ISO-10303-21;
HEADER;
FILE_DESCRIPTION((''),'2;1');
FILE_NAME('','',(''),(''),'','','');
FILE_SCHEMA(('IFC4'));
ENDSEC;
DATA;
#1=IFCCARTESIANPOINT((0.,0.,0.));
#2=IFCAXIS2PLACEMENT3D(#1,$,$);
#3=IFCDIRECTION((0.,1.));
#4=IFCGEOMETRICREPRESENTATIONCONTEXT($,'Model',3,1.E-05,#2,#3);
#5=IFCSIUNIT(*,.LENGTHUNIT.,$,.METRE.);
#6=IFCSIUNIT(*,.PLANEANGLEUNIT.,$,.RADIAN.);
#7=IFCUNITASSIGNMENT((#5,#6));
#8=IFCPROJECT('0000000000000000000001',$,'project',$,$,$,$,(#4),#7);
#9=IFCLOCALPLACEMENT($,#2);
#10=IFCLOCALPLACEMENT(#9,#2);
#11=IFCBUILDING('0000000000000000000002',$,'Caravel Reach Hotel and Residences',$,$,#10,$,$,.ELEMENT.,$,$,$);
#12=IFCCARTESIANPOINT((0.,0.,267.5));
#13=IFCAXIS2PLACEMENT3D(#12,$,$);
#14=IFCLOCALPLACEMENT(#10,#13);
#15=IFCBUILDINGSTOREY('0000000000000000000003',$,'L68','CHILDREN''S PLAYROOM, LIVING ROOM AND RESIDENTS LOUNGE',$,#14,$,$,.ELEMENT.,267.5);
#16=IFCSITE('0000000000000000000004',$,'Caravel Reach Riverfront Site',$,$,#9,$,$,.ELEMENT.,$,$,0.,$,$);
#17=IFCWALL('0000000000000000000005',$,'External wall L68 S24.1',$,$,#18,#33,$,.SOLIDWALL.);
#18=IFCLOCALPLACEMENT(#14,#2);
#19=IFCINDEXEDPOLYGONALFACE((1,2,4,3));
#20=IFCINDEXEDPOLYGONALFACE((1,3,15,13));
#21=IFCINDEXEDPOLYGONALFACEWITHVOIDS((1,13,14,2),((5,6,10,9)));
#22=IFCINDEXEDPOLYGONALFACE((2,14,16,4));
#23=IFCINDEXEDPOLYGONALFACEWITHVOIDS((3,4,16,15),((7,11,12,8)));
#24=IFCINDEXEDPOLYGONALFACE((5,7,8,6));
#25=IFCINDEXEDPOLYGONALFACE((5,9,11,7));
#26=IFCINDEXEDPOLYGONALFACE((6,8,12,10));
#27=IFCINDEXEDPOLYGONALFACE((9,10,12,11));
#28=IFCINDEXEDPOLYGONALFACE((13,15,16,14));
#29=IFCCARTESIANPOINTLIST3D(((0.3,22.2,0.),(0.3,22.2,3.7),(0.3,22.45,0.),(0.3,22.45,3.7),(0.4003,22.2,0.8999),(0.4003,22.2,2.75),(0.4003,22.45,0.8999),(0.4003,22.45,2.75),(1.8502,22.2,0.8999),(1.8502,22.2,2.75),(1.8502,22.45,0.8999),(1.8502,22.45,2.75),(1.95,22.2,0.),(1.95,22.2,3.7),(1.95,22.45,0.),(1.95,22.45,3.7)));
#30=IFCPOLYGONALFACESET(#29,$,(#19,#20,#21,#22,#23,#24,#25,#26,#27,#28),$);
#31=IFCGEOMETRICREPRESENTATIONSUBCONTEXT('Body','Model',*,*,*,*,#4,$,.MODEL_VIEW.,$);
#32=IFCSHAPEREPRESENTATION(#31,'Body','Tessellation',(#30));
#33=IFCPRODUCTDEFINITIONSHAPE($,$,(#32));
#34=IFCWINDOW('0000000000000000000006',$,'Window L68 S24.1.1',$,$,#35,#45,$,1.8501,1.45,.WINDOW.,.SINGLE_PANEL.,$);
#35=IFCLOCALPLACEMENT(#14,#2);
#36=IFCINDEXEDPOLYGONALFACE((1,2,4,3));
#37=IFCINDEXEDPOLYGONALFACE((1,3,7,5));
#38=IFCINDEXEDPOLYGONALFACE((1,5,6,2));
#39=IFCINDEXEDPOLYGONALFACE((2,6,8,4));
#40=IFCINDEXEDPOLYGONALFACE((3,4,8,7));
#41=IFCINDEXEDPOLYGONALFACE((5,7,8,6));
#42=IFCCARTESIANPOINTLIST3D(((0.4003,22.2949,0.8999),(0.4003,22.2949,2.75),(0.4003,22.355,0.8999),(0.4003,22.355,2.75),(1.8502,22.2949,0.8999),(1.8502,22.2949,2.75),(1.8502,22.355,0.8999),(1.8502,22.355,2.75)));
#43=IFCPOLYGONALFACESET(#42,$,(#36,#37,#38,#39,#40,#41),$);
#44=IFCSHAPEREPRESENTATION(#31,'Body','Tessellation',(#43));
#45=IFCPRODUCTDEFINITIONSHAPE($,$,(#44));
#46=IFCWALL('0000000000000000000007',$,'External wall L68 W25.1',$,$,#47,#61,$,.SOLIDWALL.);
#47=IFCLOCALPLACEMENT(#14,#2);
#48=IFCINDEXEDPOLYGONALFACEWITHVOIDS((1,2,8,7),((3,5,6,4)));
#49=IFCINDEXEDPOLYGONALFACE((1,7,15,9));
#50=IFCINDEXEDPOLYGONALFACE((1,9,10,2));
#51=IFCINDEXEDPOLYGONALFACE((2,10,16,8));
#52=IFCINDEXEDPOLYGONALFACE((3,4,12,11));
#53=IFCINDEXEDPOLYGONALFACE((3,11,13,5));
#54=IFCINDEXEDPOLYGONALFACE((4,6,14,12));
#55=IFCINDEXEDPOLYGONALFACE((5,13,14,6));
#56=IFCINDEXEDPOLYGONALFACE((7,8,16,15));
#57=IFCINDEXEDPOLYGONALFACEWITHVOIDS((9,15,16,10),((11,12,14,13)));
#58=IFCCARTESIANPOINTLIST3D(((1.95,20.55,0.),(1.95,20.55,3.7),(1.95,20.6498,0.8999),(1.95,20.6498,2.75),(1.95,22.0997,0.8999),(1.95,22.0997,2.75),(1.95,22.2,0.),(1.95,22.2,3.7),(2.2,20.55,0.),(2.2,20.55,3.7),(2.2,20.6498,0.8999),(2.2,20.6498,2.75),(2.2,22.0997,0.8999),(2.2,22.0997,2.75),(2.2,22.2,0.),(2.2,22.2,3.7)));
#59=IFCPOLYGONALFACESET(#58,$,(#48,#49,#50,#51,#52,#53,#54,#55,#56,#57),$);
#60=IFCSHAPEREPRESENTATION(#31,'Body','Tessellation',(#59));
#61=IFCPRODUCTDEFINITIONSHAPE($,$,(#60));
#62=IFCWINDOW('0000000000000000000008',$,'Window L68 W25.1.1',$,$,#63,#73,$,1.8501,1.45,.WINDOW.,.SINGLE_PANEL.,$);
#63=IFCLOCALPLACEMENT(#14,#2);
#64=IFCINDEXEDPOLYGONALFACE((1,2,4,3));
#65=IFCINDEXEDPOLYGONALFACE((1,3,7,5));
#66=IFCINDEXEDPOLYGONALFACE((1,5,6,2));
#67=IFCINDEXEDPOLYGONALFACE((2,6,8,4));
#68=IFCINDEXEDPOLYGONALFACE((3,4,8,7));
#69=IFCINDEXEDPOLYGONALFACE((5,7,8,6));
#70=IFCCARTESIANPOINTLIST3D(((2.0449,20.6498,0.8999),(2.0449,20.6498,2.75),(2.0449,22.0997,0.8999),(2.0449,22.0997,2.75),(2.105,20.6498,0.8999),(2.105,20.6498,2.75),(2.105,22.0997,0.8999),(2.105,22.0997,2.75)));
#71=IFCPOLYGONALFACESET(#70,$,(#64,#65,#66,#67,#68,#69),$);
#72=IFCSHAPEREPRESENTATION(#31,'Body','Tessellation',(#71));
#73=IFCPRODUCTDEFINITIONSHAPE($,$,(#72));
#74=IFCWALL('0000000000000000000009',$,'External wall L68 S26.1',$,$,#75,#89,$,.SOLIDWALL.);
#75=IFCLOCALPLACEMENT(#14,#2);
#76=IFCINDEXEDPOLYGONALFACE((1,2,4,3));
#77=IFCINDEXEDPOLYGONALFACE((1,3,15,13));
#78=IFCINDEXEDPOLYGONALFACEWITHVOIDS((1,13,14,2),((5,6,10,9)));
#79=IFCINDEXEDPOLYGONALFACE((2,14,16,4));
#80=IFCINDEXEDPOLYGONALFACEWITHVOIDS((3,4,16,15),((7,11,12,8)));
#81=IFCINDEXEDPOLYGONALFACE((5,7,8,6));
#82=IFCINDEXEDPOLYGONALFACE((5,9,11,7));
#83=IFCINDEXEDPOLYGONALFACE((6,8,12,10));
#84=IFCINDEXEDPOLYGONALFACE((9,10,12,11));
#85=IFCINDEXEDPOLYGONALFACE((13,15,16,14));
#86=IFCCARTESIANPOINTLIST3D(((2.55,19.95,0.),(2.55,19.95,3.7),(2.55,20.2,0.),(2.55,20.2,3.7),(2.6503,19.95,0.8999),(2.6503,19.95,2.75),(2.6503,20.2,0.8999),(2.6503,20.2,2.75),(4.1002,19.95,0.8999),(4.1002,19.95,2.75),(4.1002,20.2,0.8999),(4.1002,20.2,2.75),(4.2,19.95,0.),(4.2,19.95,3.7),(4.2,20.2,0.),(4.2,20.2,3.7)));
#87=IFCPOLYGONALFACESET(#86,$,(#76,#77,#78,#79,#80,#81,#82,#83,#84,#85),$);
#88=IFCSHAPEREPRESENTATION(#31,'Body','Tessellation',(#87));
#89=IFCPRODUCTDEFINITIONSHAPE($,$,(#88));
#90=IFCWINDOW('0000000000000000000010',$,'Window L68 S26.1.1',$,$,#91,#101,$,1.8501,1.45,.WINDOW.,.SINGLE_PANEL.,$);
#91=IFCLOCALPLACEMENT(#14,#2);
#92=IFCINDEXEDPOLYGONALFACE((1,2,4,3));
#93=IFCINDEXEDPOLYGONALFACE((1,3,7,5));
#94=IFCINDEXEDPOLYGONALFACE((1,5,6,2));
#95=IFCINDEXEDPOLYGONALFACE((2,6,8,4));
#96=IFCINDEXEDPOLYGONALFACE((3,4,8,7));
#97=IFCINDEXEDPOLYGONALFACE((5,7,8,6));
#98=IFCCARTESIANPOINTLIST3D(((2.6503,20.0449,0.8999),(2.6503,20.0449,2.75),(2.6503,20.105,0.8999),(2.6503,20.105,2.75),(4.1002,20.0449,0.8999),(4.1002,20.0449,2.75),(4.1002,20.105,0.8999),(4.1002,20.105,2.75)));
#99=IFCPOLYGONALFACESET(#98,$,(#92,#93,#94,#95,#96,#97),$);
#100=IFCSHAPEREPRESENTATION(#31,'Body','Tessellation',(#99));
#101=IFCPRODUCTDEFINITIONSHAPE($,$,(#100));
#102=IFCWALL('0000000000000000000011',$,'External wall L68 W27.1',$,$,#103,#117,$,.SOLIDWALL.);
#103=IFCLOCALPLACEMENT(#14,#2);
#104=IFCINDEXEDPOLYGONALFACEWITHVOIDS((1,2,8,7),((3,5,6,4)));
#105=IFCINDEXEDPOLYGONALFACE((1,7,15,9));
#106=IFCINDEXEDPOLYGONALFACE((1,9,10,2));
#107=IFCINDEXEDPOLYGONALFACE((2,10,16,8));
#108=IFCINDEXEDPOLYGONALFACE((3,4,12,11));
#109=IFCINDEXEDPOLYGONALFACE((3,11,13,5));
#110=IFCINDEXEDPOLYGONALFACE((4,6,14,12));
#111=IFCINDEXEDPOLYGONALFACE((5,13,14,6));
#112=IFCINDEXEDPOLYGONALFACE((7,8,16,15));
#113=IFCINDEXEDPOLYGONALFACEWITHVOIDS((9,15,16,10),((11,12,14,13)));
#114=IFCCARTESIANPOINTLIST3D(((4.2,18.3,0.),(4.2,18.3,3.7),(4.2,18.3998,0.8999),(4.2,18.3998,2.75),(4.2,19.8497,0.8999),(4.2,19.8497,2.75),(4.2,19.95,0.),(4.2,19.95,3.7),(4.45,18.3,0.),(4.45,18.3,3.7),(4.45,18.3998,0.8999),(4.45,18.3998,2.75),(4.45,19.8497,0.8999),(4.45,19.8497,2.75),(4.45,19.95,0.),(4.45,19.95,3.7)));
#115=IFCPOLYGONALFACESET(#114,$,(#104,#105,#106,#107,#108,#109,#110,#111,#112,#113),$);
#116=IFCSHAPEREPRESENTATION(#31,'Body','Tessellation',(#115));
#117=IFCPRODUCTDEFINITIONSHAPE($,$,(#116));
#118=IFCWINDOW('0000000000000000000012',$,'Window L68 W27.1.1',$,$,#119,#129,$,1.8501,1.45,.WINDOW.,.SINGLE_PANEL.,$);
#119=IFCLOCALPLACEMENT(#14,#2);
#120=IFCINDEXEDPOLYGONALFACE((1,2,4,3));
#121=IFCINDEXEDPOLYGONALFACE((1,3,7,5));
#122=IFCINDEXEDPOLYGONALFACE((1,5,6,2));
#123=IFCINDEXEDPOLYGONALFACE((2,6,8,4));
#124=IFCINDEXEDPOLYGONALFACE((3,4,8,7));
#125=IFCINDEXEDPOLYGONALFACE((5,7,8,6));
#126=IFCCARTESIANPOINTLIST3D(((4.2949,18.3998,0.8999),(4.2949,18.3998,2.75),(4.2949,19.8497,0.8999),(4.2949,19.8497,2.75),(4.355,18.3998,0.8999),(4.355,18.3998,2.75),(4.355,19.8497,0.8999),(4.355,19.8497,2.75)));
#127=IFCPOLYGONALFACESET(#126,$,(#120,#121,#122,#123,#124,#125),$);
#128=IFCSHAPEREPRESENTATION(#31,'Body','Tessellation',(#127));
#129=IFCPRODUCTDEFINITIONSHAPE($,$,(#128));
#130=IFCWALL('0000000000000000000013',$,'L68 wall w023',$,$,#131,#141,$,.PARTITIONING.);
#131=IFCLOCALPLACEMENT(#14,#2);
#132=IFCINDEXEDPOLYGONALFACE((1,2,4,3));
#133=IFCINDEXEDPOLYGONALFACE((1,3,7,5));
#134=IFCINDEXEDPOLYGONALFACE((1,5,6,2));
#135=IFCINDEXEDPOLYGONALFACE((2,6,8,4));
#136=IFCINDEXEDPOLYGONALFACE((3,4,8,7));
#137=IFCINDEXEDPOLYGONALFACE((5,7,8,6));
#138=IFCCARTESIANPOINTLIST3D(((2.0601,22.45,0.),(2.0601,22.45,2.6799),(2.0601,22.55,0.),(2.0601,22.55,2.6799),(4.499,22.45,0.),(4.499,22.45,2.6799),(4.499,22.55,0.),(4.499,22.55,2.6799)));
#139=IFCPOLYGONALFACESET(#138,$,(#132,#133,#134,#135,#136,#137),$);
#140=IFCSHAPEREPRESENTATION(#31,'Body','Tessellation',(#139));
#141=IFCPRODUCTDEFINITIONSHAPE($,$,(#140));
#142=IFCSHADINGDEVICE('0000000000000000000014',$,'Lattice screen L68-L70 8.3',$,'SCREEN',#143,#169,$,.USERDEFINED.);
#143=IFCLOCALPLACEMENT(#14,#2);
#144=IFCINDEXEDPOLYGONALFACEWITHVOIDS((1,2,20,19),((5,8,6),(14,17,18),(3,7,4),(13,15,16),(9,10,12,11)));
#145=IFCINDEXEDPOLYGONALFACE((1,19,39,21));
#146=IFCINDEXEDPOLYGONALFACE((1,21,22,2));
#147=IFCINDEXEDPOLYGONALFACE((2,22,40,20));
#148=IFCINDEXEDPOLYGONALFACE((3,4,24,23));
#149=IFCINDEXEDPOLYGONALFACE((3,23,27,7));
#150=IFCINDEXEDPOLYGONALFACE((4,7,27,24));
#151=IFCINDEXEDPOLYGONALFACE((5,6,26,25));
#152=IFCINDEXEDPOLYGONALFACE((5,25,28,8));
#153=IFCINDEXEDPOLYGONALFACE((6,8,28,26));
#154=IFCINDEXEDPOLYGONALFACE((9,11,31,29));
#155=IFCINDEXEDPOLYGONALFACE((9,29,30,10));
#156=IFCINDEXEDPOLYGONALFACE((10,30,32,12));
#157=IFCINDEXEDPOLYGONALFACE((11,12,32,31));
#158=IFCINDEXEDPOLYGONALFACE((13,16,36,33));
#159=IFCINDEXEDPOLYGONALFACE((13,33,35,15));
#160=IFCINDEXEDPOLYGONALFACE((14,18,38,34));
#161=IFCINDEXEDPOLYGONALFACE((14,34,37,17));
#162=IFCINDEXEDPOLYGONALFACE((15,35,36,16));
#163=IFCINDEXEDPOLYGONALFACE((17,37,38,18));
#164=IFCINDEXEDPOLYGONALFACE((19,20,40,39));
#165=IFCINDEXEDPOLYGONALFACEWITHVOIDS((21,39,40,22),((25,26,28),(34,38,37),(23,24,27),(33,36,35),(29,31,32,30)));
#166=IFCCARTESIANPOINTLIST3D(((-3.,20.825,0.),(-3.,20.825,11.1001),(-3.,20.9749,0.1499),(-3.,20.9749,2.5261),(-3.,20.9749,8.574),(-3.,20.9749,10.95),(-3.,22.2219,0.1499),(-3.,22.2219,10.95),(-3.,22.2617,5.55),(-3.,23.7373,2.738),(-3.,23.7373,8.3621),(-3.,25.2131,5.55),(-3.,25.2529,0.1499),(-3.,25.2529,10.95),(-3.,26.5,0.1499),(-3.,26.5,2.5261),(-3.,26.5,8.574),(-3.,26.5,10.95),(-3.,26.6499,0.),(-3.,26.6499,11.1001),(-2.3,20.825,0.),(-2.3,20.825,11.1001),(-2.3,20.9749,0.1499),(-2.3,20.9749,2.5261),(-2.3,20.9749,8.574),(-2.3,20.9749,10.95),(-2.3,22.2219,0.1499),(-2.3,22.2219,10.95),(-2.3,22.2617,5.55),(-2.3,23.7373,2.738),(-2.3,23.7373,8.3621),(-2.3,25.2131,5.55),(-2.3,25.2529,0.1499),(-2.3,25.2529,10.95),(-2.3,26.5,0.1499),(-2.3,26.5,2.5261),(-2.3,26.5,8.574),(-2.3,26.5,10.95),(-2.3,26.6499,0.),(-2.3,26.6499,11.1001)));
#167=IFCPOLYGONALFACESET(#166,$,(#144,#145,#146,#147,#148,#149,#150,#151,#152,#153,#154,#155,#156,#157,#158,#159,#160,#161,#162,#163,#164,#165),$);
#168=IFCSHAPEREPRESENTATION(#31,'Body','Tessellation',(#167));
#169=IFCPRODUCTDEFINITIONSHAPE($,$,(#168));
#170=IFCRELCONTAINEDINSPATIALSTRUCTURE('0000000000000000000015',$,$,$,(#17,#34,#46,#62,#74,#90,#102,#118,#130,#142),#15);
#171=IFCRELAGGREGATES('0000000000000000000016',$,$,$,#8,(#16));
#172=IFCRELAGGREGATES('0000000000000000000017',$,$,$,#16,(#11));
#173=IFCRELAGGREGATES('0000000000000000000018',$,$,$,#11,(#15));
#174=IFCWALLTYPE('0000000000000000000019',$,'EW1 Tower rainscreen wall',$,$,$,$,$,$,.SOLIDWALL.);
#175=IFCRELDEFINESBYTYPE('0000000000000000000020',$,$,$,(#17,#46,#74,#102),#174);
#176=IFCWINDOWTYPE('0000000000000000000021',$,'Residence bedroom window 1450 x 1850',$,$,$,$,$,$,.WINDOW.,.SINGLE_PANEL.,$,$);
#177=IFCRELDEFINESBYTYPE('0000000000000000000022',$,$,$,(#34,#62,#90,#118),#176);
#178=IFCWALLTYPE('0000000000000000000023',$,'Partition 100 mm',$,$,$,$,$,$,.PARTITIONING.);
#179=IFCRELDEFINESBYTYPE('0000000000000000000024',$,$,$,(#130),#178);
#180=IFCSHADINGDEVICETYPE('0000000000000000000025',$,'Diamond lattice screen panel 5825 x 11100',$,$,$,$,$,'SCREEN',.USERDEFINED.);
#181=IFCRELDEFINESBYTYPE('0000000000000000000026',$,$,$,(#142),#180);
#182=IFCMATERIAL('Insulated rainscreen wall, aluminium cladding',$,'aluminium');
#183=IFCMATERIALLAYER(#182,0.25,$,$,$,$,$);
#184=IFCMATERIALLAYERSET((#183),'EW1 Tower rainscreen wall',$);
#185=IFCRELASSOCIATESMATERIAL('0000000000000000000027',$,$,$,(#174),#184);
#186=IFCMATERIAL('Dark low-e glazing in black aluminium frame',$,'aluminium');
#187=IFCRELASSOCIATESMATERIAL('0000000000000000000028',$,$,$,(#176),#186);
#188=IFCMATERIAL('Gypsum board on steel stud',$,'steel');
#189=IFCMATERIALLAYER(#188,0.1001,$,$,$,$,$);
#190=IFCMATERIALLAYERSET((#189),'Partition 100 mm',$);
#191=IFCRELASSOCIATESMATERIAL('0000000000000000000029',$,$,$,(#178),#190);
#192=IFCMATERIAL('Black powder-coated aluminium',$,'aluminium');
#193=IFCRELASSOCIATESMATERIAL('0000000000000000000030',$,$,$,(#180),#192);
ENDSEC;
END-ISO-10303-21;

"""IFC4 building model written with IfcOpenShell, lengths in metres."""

from ifc_helpers import new_model, si_unit, direction, frame, frame_2d, origin, place, context, subcontext, project, spatial, polyline, rectangle, outline, extrude, material, layer, layer_set, type_object, element, fill, save


model = new_model("IFC4")

# Units and contexts
model_context = context("Model", 3, precision=1e-05, world=origin(), true_north=direction((0.0, 1.0)))
body_context = subcontext(model_context, "Body", "Model", "MODEL_VIEW")
ifc_project = project(units=[si_unit("LENGTHUNIT", "METRE"), si_unit("PLANEANGLEUNIT", "RADIAN")], contexts=[model_context])

# Site, building, storey
site_placement = place(None, origin())
site = spatial("IfcSite", under=ifc_project, at=site_placement, Name="Caravel Reach Riverfront Site", CompositionType="ELEMENT", RefElevation=0.0)
building_placement = place(site_placement, origin())
building = spatial("IfcBuilding", under=site, at=building_placement, Name="Caravel Reach Hotel and Residences", CompositionType="ELEMENT")
storey_placement = place(building_placement, frame((0.0, 0.0, 267.5)))
storey = spatial("IfcBuildingStorey", under=building, at=storey_placement, Name="L68", Description="CHILDREN'S PLAYROOM, LIVING ROOM AND RESIDENTS LOUNGE", CompositionType="ELEMENT", Elevation=267.5)

# Walls, openings, windows
ifc_material_1 = material(Name="Insulated rainscreen wall, aluminium cladding", Category="aluminium")
ifc_layer_1 = layer(ifc_material_1, 0.25)
ifc_layer_set_1 = layer_set([ifc_layer_1], Name="EW1 Tower rainscreen wall")
wall_type_1 = type_object("IfcWallType", Name="EW1 Tower rainscreen wall", PredefinedType="SOLIDWALL", material=ifc_layer_set_1)
wall_1_placement = place(storey_placement, frame((0.3, 22.325, 0.0), z_axis=(0.0, 0.0, 1.0), x_axis=(1.0, 0.0, 0.0)))
wall_1 = element("IfcWall", 1, at=wall_1_placement, inside=storey, type_object=wall_type_1, Name="External wall L68 S24.1", PredefinedType="SOLIDWALL", context=body_context, shape_type="SweptSolid", body=[
    extrude(rectangle(XDim=1.6499, YDim=0.25, at=frame_2d((0.825, 0.0))), origin(), (0.0, 0.0, 1.0), 3.7),
])
opening_1_placement = place(wall_1_placement, frame((0.1001, 0.0, 0.8999)))
opening_1 = element("IfcOpeningElement", 2, at=opening_1_placement, cuts=wall_1, PredefinedType="OPENING", context=body_context, shape_type="SweptSolid", body=[
    extrude(rectangle(XDim=1.45, YDim=1.8501, at=frame_2d((0.7251, 0.925))), frame((0.0, 0.135, 0.0), z_axis=(0.0, -1.0, 0.0), x_axis=(1.0, 0.0, 0.0)), (0.0, 0.0, 1.0), 0.27),
])
ifc_material_2 = material(Name="Dark low-e glazing in black aluminium frame", Category="aluminium")
window_type = type_object("IfcWindowType", Name="Residence bedroom window 1450 x 1850", PartitioningType="SINGLE_PANEL", PredefinedType="WINDOW", material=ifc_material_2)
window_1_placement = place(opening_1_placement, origin())
window_1 = element("IfcWindow", 3, at=window_1_placement, inside=storey, type_object=window_type, Name="Window L68 S24.1.1", OverallHeight=1.8501, OverallWidth=1.45, PartitioningType="SINGLE_PANEL", PredefinedType="WINDOW", context=body_context, shape_type="SweptSolid", body=[
    extrude(rectangle(XDim=1.45, YDim=1.8501, at=frame_2d((0.7251, 0.925))), frame((0.0, 0.03, 0.0), z_axis=(0.0, -1.0, 0.0), x_axis=(1.0, 0.0, 0.0)), (0.0, 0.0, 1.0), 0.0601),
])
fill(opening_1, window_1)
wall_2_placement = place(storey_placement, frame((2.075, 22.2, 0.0), z_axis=(0.0, 0.0, 1.0), x_axis=(0.0, -1.0, 0.0)))
wall_2 = element("IfcWall", 4, at=wall_2_placement, inside=storey, type_object=wall_type_1, Name="External wall L68 W25.1", PredefinedType="SOLIDWALL", context=body_context, shape_type="SweptSolid", body=[
    extrude(rectangle(XDim=1.6499, YDim=0.25, at=frame_2d((0.825, 0.0))), origin(), (0.0, 0.0, 1.0), 3.7),
])
opening_2_placement = place(wall_2_placement, frame((0.1001, 0.0, 0.8999)))
opening_2 = element("IfcOpeningElement", 5, at=opening_2_placement, cuts=wall_2, PredefinedType="OPENING", context=body_context, shape_type="SweptSolid", body=[
    extrude(rectangle(XDim=1.45, YDim=1.8501, at=frame_2d((0.7251, 0.925))), frame((0.0, 0.135, 0.0), z_axis=(0.0, -1.0, 0.0), x_axis=(1.0, 0.0, 0.0)), (0.0, 0.0, 1.0), 0.27),
])
window_2_placement = place(opening_2_placement, origin())
window_2 = element("IfcWindow", 6, at=window_2_placement, inside=storey, type_object=window_type, Name="Window L68 W25.1.1", OverallHeight=1.8501, OverallWidth=1.45, PartitioningType="SINGLE_PANEL", PredefinedType="WINDOW", context=body_context, shape_type="SweptSolid", body=[
    extrude(rectangle(XDim=1.45, YDim=1.8501, at=frame_2d((0.7251, 0.925))), frame((0.0, 0.03, 0.0), z_axis=(0.0, -1.0, 0.0), x_axis=(1.0, 0.0, 0.0)), (0.0, 0.0, 1.0), 0.0601),
])
fill(opening_2, window_2)
wall_3_placement = place(storey_placement, frame((2.55, 20.075, 0.0), z_axis=(0.0, 0.0, 1.0), x_axis=(1.0, 0.0, 0.0)))
wall_3 = element("IfcWall", 7, at=wall_3_placement, inside=storey, type_object=wall_type_1, Name="External wall L68 S26.1", PredefinedType="SOLIDWALL", context=body_context, shape_type="SweptSolid", body=[
    extrude(rectangle(XDim=1.6499, YDim=0.25, at=frame_2d((0.825, 0.0))), origin(), (0.0, 0.0, 1.0), 3.7),
])
opening_3_placement = place(wall_3_placement, frame((0.1001, 0.0, 0.8999)))
opening_3 = element("IfcOpeningElement", 8, at=opening_3_placement, cuts=wall_3, PredefinedType="OPENING", context=body_context, shape_type="SweptSolid", body=[
    extrude(rectangle(XDim=1.45, YDim=1.8501, at=frame_2d((0.7251, 0.925))), frame((0.0, 0.135, 0.0), z_axis=(0.0, -1.0, 0.0), x_axis=(1.0, 0.0, 0.0)), (0.0, 0.0, 1.0), 0.27),
])
window_3_placement = place(opening_3_placement, origin())
window_3 = element("IfcWindow", 9, at=window_3_placement, inside=storey, type_object=window_type, Name="Window L68 S26.1.1", OverallHeight=1.8501, OverallWidth=1.45, PartitioningType="SINGLE_PANEL", PredefinedType="WINDOW", context=body_context, shape_type="SweptSolid", body=[
    extrude(rectangle(XDim=1.45, YDim=1.8501, at=frame_2d((0.7251, 0.925))), frame((0.0, 0.03, 0.0), z_axis=(0.0, -1.0, 0.0), x_axis=(1.0, 0.0, 0.0)), (0.0, 0.0, 1.0), 0.0601),
])
fill(opening_3, window_3)
wall_4_placement = place(storey_placement, frame((4.325, 19.95, 0.0), z_axis=(0.0, 0.0, 1.0), x_axis=(0.0, -1.0, 0.0)))
wall_4 = element("IfcWall", 10, at=wall_4_placement, inside=storey, type_object=wall_type_1, Name="External wall L68 W27.1", PredefinedType="SOLIDWALL", context=body_context, shape_type="SweptSolid", body=[
    extrude(rectangle(XDim=1.6499, YDim=0.25, at=frame_2d((0.825, 0.0))), origin(), (0.0, 0.0, 1.0), 3.7),
])
opening_4_placement = place(wall_4_placement, frame((0.1001, 0.0, 0.8999)))
opening_4 = element("IfcOpeningElement", 11, at=opening_4_placement, cuts=wall_4, PredefinedType="OPENING", context=body_context, shape_type="SweptSolid", body=[
    extrude(rectangle(XDim=1.45, YDim=1.8501, at=frame_2d((0.7251, 0.925))), frame((0.0, 0.135, 0.0), z_axis=(0.0, -1.0, 0.0), x_axis=(1.0, 0.0, 0.0)), (0.0, 0.0, 1.0), 0.27),
])
window_4_placement = place(opening_4_placement, origin())
window_4 = element("IfcWindow", 12, at=window_4_placement, inside=storey, type_object=window_type, Name="Window L68 W27.1.1", OverallHeight=1.8501, OverallWidth=1.45, PartitioningType="SINGLE_PANEL", PredefinedType="WINDOW", context=body_context, shape_type="SweptSolid", body=[
    extrude(rectangle(XDim=1.45, YDim=1.8501, at=frame_2d((0.7251, 0.925))), frame((0.0, 0.03, 0.0), z_axis=(0.0, -1.0, 0.0), x_axis=(1.0, 0.0, 0.0)), (0.0, 0.0, 1.0), 0.0601),
])
fill(opening_4, window_4)

# Wall
ifc_material_3 = material(Name="Gypsum board on steel stud", Category="steel")
ifc_layer_2 = layer(ifc_material_3, 0.1001)
ifc_layer_set_2 = layer_set([ifc_layer_2], Name="Partition 100 mm")
wall_type_2 = type_object("IfcWallType", Name="Partition 100 mm", PredefinedType="PARTITIONING", material=ifc_layer_set_2)
wall_5_placement = place(storey_placement, frame((2.0601, 22.5, 0.0), z_axis=(0.0, 0.0, 1.0), x_axis=(1.0, 0.0, 0.0)))
element("IfcWall", 13, at=wall_5_placement, inside=storey, type_object=wall_type_2, Name="L68 wall w023", PredefinedType="PARTITIONING", context=body_context, shape_type="SweptSolid", body=[
    extrude(rectangle(XDim=2.439, YDim=0.1001, at=frame_2d((1.2195, 0.0))), origin(), (0.0, 0.0, 1.0), 2.6799),
])

# Shading device
ifc_material_4 = material(Name="Black powder-coated aluminium", Category="aluminium")
shading_device_type = type_object("IfcShadingDeviceType", Name="Diamond lattice screen panel 5825 x 11100", ElementType="SCREEN", PredefinedType="USERDEFINED", material=ifc_material_4)
for number, where, z_axis, x_axis, name in (
    (14, (-2.3, 26.6499, 0.0), (-1.0, 0.0, 0.0), (0.0, -1.0, 0.0), "Lattice screen L68-L70 8.3"),
):
    element("IfcShadingDevice", number, at=place(storey_placement, frame(where, z_axis=z_axis, x_axis=x_axis)), inside=storey, type_object=shading_device_type, Name=name, ObjectType="SCREEN", PredefinedType="USERDEFINED", context=body_context, shape_type="SweptSolid", body=[
        extrude(outline(polyline([(0.0, 0.0), (5.825, 0.0), (5.825, 11.1001), (0.0, 11.1001), (0.0, 0.0)]), holes=[polyline([(1.397, 0.1499), (0.1499, 2.5261), (0.1499, 0.1499), (1.397, 0.1499)]), polyline([(0.1499, 8.574), (1.397, 10.95), (0.1499, 10.95), (0.1499, 8.574)]), polyline([(2.9126, 8.3621), (1.4368, 5.55), (2.9126, 2.738), (4.3882, 5.55), (2.9126, 8.3621)]), polyline([(5.675, 2.5261), (4.428, 0.1499), (5.675, 0.1499), (5.675, 2.5261)]), polyline([(4.428, 10.95), (5.675, 8.574), (5.675, 10.95), (4.428, 10.95)])]), origin(), (0.0, 0.0, 1.0), 0.7),
    ])

save(model, "model.ifc")
